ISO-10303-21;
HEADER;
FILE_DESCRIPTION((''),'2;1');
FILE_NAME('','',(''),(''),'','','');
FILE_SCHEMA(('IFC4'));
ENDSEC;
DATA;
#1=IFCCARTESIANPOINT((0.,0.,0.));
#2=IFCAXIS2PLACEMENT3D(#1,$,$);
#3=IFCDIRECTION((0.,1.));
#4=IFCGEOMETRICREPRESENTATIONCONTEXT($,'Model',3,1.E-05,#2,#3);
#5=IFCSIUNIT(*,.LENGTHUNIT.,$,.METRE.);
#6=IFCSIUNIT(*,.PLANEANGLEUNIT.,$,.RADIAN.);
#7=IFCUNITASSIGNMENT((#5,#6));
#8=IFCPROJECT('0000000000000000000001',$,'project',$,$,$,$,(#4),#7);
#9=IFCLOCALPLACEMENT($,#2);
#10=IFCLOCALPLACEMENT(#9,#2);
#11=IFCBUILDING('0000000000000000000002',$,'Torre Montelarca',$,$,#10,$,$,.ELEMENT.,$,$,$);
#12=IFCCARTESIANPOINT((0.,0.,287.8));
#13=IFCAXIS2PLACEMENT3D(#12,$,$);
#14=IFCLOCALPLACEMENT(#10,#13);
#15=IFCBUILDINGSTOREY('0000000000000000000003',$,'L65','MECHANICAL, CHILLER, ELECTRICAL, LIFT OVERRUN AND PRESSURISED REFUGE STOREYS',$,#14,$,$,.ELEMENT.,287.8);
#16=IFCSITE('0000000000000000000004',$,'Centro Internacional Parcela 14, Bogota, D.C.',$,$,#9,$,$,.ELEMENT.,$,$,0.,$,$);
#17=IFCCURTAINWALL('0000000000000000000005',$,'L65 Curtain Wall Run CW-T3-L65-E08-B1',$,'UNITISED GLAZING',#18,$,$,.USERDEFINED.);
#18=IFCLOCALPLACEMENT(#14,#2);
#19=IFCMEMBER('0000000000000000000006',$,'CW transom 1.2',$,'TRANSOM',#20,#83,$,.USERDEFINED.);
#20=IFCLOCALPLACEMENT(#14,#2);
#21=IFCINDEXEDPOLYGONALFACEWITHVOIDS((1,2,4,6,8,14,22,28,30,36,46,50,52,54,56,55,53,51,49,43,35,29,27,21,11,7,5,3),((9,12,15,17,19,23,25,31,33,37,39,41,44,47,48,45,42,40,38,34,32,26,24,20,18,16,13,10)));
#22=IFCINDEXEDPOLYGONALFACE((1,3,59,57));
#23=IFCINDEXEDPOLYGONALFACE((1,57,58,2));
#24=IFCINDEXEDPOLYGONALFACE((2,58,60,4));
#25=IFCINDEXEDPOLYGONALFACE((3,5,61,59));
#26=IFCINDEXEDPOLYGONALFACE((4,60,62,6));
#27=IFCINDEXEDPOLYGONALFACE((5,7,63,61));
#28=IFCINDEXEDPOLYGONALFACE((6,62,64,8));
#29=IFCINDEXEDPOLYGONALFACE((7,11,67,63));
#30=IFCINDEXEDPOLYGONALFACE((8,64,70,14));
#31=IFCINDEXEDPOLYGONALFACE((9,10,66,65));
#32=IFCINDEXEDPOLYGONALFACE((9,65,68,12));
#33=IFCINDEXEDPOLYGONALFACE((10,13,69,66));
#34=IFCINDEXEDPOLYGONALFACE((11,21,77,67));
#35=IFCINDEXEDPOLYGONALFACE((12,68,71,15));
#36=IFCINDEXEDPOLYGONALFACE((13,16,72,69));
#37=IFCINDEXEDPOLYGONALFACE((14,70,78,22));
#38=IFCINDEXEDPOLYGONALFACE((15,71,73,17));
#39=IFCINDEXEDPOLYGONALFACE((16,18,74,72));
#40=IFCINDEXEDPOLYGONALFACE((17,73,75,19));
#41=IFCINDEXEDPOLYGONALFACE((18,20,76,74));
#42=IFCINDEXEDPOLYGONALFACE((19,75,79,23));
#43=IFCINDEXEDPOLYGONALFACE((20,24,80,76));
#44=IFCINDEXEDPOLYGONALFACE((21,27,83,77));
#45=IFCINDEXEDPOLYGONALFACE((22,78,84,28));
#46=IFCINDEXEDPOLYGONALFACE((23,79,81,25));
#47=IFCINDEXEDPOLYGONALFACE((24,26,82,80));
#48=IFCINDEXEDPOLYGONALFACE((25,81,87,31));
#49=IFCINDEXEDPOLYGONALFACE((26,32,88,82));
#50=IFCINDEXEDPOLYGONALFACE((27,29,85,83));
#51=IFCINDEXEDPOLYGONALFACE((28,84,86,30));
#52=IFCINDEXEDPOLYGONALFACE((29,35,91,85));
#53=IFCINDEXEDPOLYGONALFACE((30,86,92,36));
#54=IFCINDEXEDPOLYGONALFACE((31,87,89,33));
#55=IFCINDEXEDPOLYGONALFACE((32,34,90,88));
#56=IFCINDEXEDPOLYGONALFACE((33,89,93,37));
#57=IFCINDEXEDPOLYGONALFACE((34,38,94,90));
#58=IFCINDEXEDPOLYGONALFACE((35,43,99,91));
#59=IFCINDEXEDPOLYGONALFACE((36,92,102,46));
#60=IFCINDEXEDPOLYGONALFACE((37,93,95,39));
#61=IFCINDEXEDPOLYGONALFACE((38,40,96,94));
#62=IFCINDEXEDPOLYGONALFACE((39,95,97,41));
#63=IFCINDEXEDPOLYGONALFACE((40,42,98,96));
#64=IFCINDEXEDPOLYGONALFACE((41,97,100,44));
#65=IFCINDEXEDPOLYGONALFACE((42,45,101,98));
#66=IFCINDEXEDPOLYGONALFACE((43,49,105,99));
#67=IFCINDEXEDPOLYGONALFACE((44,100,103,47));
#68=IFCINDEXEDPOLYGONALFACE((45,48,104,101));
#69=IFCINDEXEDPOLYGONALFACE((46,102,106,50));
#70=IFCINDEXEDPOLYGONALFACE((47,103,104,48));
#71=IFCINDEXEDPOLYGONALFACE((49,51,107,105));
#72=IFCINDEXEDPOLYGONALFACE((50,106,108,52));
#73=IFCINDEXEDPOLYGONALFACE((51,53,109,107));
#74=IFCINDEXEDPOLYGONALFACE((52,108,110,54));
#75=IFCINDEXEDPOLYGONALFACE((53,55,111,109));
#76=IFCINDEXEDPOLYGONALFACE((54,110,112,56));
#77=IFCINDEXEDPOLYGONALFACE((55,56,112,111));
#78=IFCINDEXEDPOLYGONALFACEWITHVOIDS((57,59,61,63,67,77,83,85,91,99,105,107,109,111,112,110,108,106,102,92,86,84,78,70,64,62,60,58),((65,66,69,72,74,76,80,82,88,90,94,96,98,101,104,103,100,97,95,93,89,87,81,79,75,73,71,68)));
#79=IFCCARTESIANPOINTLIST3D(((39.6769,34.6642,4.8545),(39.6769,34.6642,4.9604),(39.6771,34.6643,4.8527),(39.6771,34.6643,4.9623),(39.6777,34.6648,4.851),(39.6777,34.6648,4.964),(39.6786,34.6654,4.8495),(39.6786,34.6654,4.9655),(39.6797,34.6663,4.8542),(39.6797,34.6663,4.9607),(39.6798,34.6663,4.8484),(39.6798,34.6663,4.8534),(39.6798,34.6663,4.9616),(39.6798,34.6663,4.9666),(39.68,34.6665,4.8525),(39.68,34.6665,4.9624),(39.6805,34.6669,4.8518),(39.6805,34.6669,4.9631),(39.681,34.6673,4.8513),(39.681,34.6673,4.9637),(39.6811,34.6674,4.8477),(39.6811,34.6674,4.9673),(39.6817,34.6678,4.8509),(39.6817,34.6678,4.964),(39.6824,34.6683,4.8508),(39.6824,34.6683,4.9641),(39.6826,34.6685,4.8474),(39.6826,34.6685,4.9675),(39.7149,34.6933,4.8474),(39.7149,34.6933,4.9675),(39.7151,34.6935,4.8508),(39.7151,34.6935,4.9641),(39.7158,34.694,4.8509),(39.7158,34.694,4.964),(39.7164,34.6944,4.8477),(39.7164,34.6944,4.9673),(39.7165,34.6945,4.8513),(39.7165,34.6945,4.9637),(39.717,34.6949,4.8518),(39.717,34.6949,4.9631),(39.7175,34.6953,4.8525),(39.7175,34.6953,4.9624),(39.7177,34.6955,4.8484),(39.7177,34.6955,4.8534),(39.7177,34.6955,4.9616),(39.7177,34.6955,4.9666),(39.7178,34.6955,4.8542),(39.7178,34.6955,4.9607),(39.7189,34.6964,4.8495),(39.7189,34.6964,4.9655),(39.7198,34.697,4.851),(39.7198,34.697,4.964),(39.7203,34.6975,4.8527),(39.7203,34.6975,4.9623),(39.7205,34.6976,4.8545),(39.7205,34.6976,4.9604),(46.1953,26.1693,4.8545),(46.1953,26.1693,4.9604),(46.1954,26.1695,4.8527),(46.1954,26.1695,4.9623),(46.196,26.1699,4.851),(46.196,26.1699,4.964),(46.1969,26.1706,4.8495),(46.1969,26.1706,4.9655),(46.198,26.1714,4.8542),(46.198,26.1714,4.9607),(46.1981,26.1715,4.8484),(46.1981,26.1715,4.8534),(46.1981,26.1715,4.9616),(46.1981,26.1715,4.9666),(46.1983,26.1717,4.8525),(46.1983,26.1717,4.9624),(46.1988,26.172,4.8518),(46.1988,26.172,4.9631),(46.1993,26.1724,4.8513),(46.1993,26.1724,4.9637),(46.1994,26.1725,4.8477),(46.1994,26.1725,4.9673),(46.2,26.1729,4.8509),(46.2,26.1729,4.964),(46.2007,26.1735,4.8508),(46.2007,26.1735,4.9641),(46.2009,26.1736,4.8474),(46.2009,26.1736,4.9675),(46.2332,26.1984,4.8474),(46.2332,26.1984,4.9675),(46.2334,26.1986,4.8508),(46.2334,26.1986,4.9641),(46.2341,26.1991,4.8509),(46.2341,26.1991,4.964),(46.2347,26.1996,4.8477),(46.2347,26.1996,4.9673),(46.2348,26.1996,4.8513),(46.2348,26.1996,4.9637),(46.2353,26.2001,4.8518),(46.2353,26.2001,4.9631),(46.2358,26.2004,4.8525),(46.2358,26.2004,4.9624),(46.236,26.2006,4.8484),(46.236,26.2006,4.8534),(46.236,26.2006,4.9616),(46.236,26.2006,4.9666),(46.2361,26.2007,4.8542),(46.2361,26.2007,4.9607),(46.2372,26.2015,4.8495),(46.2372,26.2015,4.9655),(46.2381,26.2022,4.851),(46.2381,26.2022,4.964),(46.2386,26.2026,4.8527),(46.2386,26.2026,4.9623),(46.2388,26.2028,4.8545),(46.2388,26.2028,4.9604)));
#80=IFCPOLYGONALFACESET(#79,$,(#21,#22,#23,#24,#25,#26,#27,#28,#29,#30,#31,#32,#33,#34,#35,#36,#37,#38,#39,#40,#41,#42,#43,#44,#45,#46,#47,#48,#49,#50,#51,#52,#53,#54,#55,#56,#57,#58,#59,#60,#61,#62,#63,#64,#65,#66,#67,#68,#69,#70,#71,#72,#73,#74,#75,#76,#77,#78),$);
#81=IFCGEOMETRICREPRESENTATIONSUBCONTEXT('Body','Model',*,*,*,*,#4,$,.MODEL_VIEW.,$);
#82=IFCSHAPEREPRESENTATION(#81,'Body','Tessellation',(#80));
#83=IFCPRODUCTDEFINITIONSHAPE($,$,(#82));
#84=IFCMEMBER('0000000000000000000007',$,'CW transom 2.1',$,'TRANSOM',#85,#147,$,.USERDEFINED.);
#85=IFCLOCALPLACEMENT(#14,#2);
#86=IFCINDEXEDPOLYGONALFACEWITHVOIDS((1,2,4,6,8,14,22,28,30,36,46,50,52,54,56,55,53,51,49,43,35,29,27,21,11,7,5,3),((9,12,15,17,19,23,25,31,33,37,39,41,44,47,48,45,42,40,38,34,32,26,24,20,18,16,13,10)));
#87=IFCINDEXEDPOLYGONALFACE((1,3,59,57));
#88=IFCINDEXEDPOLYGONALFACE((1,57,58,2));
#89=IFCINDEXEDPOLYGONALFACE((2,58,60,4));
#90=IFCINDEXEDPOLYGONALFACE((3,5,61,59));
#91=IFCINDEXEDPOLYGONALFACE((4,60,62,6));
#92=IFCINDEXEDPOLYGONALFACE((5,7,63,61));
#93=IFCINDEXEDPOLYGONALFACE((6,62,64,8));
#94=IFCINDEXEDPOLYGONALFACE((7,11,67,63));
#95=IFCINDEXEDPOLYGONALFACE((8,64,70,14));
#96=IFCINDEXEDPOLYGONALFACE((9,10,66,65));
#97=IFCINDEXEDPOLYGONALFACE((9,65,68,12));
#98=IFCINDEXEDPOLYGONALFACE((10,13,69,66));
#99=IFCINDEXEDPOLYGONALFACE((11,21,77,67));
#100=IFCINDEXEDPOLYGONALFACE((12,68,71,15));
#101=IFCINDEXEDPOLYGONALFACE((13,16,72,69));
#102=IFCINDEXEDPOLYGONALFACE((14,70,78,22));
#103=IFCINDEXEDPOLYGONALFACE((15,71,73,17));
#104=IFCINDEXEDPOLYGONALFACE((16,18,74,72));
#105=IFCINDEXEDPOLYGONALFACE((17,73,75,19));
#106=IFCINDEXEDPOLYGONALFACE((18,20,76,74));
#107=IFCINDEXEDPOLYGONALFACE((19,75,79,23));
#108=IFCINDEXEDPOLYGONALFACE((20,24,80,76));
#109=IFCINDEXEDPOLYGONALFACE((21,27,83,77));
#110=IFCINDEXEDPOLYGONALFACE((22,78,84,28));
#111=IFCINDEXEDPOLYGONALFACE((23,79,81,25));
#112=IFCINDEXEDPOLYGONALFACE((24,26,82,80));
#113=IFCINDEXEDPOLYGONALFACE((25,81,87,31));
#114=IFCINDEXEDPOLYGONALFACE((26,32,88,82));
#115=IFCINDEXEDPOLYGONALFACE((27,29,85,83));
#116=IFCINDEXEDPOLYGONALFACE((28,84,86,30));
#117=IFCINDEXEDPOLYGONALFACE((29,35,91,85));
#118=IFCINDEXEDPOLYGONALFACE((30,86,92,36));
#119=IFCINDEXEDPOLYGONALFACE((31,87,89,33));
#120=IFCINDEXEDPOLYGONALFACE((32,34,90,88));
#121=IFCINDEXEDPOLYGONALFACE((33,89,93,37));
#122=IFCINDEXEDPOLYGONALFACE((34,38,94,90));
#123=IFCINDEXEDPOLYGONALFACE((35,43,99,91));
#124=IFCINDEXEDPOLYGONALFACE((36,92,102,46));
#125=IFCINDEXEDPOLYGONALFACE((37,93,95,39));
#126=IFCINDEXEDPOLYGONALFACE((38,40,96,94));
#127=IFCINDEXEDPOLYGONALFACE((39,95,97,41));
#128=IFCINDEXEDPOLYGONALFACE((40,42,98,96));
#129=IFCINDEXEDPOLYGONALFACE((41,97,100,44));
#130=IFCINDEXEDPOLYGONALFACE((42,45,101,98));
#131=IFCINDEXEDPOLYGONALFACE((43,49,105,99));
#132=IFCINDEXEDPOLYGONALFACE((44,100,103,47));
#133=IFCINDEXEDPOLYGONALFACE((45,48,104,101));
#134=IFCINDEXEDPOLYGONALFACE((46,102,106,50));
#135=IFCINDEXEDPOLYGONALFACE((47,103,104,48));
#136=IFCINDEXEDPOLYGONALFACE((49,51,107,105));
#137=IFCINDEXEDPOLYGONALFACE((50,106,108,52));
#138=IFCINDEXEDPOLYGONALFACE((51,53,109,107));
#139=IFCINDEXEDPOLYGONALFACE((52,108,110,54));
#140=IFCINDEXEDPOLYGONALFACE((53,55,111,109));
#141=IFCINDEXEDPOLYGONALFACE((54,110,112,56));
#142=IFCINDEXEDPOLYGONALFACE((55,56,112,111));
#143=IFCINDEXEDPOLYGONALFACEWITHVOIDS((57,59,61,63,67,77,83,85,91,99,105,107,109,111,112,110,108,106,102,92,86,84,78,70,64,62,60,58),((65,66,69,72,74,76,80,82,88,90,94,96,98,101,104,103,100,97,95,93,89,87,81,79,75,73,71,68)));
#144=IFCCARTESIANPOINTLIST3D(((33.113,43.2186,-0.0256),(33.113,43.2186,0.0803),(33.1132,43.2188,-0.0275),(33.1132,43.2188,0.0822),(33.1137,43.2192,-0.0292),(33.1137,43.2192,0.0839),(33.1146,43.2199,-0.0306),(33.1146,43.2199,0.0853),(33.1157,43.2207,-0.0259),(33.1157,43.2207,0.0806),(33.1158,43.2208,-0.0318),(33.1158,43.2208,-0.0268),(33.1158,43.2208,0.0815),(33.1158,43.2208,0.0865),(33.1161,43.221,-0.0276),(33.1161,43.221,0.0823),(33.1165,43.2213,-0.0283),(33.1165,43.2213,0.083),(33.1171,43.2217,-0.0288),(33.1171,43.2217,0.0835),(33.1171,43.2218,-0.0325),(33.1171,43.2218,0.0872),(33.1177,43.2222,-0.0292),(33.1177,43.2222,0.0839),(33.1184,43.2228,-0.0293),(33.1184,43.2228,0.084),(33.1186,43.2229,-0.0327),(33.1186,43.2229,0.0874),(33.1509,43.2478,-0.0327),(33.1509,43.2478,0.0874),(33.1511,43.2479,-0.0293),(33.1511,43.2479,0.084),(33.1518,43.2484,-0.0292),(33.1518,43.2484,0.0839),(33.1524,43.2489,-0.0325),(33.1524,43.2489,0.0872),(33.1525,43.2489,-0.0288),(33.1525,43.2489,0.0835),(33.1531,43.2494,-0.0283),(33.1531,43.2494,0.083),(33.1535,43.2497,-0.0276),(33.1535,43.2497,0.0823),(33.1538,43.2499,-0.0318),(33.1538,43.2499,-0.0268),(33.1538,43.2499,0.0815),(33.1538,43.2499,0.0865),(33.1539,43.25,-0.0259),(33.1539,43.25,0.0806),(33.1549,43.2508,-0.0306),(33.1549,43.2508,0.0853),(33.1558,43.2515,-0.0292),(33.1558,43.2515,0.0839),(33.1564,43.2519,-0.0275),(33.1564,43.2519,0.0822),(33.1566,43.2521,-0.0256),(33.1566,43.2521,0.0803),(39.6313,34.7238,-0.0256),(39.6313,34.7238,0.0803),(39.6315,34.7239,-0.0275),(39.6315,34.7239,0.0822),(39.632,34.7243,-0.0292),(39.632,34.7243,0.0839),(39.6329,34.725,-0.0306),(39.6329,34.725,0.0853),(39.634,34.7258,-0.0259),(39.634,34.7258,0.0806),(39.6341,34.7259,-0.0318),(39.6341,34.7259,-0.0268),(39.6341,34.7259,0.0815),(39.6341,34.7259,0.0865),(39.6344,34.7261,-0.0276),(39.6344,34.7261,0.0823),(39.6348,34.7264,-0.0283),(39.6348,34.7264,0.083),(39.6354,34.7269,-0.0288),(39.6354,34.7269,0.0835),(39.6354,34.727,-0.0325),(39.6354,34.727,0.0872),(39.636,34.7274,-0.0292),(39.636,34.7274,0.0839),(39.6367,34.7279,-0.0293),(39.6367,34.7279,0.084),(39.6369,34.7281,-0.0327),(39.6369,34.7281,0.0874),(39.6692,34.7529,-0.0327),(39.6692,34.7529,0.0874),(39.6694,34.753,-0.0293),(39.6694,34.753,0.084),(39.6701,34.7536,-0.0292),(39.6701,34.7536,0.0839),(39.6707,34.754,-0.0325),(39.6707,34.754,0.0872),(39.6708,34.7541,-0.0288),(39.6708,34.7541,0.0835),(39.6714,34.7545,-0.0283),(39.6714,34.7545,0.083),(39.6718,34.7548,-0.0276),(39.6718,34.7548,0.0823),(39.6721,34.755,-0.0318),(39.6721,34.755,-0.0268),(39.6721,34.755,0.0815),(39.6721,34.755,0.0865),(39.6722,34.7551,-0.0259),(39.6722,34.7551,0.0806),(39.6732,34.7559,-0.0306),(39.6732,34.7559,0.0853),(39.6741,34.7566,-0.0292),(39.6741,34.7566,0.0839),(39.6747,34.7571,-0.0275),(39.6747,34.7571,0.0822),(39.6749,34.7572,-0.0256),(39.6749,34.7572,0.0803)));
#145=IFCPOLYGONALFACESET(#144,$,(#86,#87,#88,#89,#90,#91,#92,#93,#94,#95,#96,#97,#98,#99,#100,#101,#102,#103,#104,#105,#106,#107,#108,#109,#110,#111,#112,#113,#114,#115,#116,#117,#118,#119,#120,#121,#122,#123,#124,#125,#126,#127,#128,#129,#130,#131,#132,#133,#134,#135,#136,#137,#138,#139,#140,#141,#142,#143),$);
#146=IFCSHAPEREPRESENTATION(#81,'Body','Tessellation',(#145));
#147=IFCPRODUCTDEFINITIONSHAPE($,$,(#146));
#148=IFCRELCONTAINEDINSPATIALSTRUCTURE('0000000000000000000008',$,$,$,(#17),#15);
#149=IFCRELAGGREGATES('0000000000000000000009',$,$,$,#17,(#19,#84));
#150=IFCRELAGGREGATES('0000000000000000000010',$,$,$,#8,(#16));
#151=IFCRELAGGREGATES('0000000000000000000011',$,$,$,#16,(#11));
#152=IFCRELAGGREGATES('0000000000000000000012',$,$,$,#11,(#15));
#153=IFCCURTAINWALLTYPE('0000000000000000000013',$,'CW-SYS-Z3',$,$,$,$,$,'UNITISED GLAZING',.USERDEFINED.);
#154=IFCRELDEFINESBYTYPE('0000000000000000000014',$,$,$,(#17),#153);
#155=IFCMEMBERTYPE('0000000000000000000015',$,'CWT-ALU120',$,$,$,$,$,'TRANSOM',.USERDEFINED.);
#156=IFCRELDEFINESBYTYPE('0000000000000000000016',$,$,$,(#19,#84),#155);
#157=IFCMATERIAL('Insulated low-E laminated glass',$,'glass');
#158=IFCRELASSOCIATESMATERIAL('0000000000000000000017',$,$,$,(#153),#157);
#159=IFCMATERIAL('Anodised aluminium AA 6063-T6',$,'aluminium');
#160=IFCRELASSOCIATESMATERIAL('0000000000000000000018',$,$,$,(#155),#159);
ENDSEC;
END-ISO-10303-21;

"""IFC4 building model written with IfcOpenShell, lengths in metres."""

from ifc_helpers import new_model, si_unit, direction, frame, origin, origin_2d, place, context, subcontext, project, spatial, hollow_rectangle, extrude, source, transform, mapped, material, material_profile, profile_set, type_object, element, aggregate, save


model = new_model("IFC4")

# Units and contexts
model_context = context("Model", 3, precision=1e-05, world=origin(), true_north=direction((0.0, 1.0)))
body_context = subcontext(model_context, "Body", "Model", "MODEL_VIEW")
ifc_project = project(units=[si_unit("LENGTHUNIT", "METRE"), si_unit("PLANEANGLEUNIT", "RADIAN")], contexts=[model_context])

# Site, building, storey
site_placement = place(None, origin())
site = spatial("IfcSite", under=ifc_project, at=site_placement, Name="Centro Internacional Parcela 14, Bogota, D.C.", CompositionType="ELEMENT", RefElevation=0.0)
building_placement = place(site_placement, origin())
building = spatial("IfcBuilding", under=site, at=building_placement, Name="Torre Montelarca", CompositionType="ELEMENT")
storey_placement = place(building_placement, frame((0.0, 0.0, 287.8)))
storey = spatial("IfcBuildingStorey", under=building, at=storey_placement, Name="L65", Description="MECHANICAL, CHILLER, ELECTRICAL, LIFT OVERRUN AND PRESSURISED REFUGE STOREYS", CompositionType="ELEMENT", Elevation=287.8)

# Curtain wall
ifc_material_1 = material(Name="Insulated low-E laminated glass", Category="glass")
curtain_wall_type = type_object("IfcCurtainWallType", Name="CW-SYS-Z3", ElementType="UNITISED GLAZING", PredefinedType="USERDEFINED", material=ifc_material_1)
ifc_material_2 = material(Name="Anodised aluminium AA 6063-T6", Category="aluminium")
ifc_material_profile_1 = material_profile(ifc_material_2, hollow_rectangle(XDim=0.0549, YDim=0.1201, WallThickness=0.0034, InnerFilletRadius=0.0034, OuterFilletRadius=0.0071, at=origin_2d()), Name="ALU55X120X3.5", Category="aluminium")
ifc_profile_set_1 = profile_set([ifc_material_profile_1], Name="Anodised aluminium AA 6063-T6")
member_type_1 = type_object("IfcMemberType", Name="CWT-ALU120", ElementType="TRANSOM", PredefinedType="USERDEFINED", material=ifc_profile_set_1)
curtain_wall_1_placement = place(storey_placement, origin())
curtain_wall_1 = element("IfcCurtainWall", 1, at=curtain_wall_1_placement, inside=storey, type_object=curtain_wall_type, Name="L65 Curtain Wall Run CW-T3-L65-E08-B1", ObjectType="UNITISED GLAZING", PredefinedType="USERDEFINED")

# Members
shared_shape_1 = source(origin(), body_context, "Body", "SweptSolid", [
    extrude(hollow_rectangle(XDim=0.0549, YDim=0.1201, WallThickness=0.0034, InnerFilletRadius=0.0034, OuterFilletRadius=0.0071, at=origin_2d()), origin(), (0.0, 0.0, 1.0), 10.7075),
])
member_1_placement = place(storey_placement, frame((46.217, 26.186, 4.9075), z_axis=(-0.608759, 0.793355, 0.0), x_axis=(-0.793355, -0.608759, 0.0)))
member_1 = element("IfcMember", 2, at=member_1_placement, type_object=member_type_1, Name="CW transom 1.2", ObjectType="TRANSOM", PredefinedType="USERDEFINED", context=body_context, shape_type="MappedRepresentation", body=[
    mapped(shared_shape_1, transform((0.0, 0.0, 0.0), scale=1.0)),
])
member_2_placement = place(storey_placement, frame((39.6531, 34.7405, 0.0273), z_axis=(-0.608759, 0.793355, 0.0), x_axis=(-0.793355, -0.608759, 0.0)))
member_2 = element("IfcMember", 3, at=member_2_placement, type_object=member_type_1, Name="CW transom 2.1", ObjectType="TRANSOM", PredefinedType="USERDEFINED", context=body_context, shape_type="MappedRepresentation", body=[
    mapped(shared_shape_1, transform((0.0, 0.0, 0.0), scale=1.0)),
])

aggregate(curtain_wall_1, [member_1, member_2])

save(model, "model.ifc")
